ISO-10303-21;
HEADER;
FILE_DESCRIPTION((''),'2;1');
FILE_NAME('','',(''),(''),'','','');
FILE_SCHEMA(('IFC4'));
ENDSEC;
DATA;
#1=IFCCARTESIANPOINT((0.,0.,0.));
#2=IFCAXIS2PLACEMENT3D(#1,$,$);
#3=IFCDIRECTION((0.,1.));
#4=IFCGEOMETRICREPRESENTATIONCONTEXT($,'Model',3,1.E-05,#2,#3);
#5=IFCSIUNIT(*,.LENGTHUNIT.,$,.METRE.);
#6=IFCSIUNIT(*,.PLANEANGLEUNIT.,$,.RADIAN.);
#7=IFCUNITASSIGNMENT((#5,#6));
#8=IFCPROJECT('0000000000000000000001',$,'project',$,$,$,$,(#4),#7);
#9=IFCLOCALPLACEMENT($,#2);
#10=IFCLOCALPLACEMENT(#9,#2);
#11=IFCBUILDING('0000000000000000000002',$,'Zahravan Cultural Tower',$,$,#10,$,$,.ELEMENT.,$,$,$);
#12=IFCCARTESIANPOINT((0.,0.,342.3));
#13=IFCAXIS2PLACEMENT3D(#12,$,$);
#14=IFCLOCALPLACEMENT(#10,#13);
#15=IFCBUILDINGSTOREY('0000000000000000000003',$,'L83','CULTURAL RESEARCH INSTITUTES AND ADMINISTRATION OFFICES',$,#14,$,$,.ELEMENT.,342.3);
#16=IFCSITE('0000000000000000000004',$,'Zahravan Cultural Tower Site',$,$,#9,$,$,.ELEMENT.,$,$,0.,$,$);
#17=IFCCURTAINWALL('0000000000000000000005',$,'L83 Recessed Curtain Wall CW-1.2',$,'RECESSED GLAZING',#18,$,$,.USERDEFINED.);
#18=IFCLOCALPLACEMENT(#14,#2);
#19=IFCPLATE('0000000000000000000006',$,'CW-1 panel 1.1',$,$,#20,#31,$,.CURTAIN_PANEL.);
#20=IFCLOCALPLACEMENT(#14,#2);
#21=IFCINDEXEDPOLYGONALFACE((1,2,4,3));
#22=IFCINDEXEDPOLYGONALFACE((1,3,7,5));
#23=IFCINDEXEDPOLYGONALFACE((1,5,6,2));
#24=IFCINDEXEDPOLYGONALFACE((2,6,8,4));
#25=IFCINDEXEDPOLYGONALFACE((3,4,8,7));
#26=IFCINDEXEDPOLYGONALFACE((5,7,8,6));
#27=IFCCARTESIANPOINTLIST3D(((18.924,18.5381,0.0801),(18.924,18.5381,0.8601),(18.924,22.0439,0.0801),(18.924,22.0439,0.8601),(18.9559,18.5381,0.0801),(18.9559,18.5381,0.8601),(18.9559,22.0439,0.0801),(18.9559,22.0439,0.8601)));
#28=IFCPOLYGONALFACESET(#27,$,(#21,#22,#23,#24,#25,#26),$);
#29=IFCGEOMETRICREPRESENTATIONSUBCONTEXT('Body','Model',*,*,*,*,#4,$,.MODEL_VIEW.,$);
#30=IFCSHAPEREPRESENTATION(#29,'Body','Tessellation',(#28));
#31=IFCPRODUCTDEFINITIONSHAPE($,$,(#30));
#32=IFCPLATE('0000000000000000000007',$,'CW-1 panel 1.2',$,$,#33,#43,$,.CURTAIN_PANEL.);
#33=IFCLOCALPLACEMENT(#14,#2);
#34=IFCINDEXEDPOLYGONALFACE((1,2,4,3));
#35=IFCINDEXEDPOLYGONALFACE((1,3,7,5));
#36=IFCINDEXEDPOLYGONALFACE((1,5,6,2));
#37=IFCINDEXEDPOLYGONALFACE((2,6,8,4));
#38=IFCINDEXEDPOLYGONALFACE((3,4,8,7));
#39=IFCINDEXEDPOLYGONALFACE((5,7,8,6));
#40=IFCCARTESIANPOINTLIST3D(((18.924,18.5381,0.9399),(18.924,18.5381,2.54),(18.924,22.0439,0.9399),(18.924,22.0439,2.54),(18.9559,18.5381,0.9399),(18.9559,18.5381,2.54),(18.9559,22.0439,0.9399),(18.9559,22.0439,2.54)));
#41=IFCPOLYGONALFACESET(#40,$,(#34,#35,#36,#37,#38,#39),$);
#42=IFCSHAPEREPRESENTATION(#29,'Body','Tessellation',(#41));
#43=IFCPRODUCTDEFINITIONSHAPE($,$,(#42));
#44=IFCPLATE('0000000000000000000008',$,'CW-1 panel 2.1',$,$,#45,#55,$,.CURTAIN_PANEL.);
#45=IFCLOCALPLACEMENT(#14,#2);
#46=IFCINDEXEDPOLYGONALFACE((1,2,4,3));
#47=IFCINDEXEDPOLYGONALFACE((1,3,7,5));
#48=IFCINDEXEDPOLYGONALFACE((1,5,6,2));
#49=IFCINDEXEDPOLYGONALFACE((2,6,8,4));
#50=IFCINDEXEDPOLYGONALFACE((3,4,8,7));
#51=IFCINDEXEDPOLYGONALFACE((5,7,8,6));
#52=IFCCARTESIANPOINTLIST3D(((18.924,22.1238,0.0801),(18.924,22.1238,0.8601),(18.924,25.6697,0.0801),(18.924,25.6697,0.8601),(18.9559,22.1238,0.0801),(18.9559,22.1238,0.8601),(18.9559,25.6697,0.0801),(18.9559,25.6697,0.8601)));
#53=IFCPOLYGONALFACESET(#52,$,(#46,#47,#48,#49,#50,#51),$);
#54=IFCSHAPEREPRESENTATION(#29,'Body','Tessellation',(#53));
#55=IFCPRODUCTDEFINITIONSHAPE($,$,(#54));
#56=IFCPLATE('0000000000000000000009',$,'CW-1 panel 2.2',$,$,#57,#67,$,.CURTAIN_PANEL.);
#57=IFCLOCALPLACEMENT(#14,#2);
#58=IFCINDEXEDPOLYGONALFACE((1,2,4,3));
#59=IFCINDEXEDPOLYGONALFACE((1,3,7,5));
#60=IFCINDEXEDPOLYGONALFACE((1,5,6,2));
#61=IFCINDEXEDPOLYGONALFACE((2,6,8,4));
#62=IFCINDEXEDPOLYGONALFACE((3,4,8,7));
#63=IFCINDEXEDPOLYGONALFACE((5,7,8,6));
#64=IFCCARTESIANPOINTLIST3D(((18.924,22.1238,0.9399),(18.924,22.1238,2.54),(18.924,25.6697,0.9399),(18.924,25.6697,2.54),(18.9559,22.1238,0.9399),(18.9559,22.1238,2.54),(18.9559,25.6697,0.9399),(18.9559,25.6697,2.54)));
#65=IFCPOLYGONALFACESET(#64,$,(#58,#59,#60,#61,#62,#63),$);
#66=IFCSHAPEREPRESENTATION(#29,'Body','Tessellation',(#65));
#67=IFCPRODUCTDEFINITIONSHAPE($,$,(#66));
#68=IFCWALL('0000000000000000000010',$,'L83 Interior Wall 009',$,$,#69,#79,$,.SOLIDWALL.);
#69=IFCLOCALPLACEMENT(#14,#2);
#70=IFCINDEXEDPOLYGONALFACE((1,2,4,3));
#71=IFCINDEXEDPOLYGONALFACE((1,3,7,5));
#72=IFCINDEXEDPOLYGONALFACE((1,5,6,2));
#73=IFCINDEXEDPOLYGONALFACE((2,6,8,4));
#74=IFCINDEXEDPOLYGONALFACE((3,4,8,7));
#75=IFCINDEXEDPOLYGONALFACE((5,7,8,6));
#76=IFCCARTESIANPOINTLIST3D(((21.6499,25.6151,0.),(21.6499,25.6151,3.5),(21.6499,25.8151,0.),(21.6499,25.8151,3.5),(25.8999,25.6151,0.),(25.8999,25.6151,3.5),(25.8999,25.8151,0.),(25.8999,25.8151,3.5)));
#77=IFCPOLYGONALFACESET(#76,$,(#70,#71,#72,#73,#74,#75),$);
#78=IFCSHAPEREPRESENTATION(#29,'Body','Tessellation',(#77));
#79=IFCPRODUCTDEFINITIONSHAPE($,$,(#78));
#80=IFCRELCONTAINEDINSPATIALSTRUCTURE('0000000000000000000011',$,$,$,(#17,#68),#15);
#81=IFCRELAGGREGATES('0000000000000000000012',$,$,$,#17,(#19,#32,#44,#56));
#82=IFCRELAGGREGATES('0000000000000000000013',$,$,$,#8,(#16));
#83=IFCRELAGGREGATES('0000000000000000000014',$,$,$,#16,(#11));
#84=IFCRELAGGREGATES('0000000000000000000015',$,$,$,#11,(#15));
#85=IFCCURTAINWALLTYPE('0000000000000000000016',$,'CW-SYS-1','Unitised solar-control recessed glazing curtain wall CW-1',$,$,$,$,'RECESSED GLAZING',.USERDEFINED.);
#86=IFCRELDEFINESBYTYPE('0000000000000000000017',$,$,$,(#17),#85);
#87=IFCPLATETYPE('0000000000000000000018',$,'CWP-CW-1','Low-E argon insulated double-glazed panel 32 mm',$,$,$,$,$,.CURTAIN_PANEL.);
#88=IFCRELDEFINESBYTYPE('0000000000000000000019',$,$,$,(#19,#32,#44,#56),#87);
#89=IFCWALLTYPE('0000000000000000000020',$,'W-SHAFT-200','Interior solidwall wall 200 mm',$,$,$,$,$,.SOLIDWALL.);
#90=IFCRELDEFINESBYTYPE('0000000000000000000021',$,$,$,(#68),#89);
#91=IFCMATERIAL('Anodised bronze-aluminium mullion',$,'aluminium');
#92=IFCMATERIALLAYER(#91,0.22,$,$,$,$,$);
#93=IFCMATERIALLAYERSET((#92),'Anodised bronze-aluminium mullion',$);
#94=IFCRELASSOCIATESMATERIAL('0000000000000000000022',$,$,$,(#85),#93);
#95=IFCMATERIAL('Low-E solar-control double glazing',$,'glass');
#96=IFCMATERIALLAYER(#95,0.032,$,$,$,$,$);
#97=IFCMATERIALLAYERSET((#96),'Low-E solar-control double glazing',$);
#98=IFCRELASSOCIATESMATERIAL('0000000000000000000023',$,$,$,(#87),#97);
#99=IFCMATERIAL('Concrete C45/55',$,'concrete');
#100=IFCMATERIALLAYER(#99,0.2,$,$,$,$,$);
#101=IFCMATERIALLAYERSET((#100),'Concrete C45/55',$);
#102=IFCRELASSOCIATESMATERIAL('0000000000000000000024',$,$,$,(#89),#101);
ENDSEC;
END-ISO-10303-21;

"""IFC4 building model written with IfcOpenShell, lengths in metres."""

from ifc_helpers import new_model, si_unit, direction, frame, frame_2d, origin, origin_2d, place, context, subcontext, project, spatial, rectangle, extrude, source, transform, mapped, material, layer, layer_set, type_object, element, aggregate, save


model = new_model("IFC4")

# Units and contexts
model_context = context("Model", 3, precision=1e-05, world=origin(), true_north=direction((0.0, 1.0)))
body_context = subcontext(model_context, "Body", "Model", "MODEL_VIEW")
ifc_project = project(units=[si_unit("LENGTHUNIT", "METRE"), si_unit("PLANEANGLEUNIT", "RADIAN")], contexts=[model_context])

# Site, building, storey
site_placement = place(None, origin())
site = spatial("IfcSite", under=ifc_project, at=site_placement, Name="Zahravan Cultural Tower Site", CompositionType="ELEMENT", RefElevation=0.0)
building_placement = place(site_placement, origin())
building = spatial("IfcBuilding", under=site, at=building_placement, Name="Zahravan Cultural Tower", CompositionType="ELEMENT")
storey_placement = place(building_placement, frame((0.0, 0.0, 342.3)))
storey = spatial("IfcBuildingStorey", under=building, at=storey_placement, Name="L83", Description="CULTURAL RESEARCH INSTITUTES AND ADMINISTRATION OFFICES", CompositionType="ELEMENT", Elevation=342.3)

# Curtain wall, plates
ifc_material_1 = material(Name="Anodised bronze-aluminium mullion", Category="aluminium")
ifc_layer_1 = layer(ifc_material_1, 0.22)
ifc_layer_set_1 = layer_set([ifc_layer_1], Name="Anodised bronze-aluminium mullion")
curtain_wall_type = type_object("IfcCurtainWallType", Name="CW-SYS-1", Description="Unitised solar-control recessed glazing curtain wall CW-1", ElementType="RECESSED GLAZING", PredefinedType="USERDEFINED", material=ifc_layer_set_1)
curtain_wall_placement = place(storey_placement, origin())
curtain_wall = element("IfcCurtainWall", 1, at=curtain_wall_placement, inside=storey, type_object=curtain_wall_type, Name="L83 Recessed Curtain Wall CW-1.2", ObjectType="RECESSED GLAZING", PredefinedType="USERDEFINED")
ifc_material_2 = material(Name="Low-E solar-control double glazing", Category="glass")
ifc_layer_2 = layer(ifc_material_2, 0.032)
ifc_layer_set_2 = layer_set([ifc_layer_2], Name="Low-E solar-control double glazing")
plate_type = type_object("IfcPlateType", Name="CWP-CW-1", Description="Low-E argon insulated double-glazed panel 32 mm", PredefinedType="CURTAIN_PANEL", material=ifc_layer_set_2)
shared_shape_1 = source(origin(), body_context, "Body", "SweptSolid", [
    extrude(rectangle(XDim=3.5059, YDim=0.032, at=origin_2d()), origin(), (0.0, 0.0, 1.0), 0.78),
])
plate_1_placement = place(storey_placement, frame((18.9399, 20.291, 0.0801), z_axis=(0.0, 0.0, 1.0), x_axis=(0.0, 1.0, 0.0)))
plate_1 = element("IfcPlate", 2, at=plate_1_placement, type_object=plate_type, Name="CW-1 panel 1.1", PredefinedType="CURTAIN_PANEL", context=body_context, shape_type="MappedRepresentation", body=[
    mapped(shared_shape_1, transform((0.0, 0.0, 0.0), x_axis=(1.0, 0.0, 0.0), y_axis=(0.0, 1.0, 0.0), z_axis=(0.0, 0.0, 1.0), scale=1.0)),
])
shared_shape_2 = source(origin(), body_context, "Body", "SweptSolid", [
    extrude(rectangle(XDim=3.5059, YDim=0.032, at=origin_2d()), origin(), (0.0, 0.0, 1.0), 1.6001),
])
plate_2_placement = place(storey_placement, frame((18.9399, 20.291, 0.9399), z_axis=(0.0, 0.0, 1.0), x_axis=(0.0, 1.0, 0.0)))
plate_2 = element("IfcPlate", 3, at=plate_2_placement, type_object=plate_type, Name="CW-1 panel 1.2", PredefinedType="CURTAIN_PANEL", context=body_context, shape_type="MappedRepresentation", body=[
    mapped(shared_shape_2, transform((0.0, 0.0, 0.0), x_axis=(1.0, 0.0, 0.0), y_axis=(0.0, 1.0, 0.0), z_axis=(0.0, 0.0, 1.0), scale=1.0)),
])
shared_shape_3 = source(origin(), body_context, "Body", "SweptSolid", [
    extrude(rectangle(XDim=3.5459, YDim=0.032, at=origin_2d()), origin(), (0.0, 0.0, 1.0), 0.78),
])
plate_3_placement = place(storey_placement, frame((18.9399, 23.8967, 0.0801), z_axis=(0.0, 0.0, 1.0), x_axis=(0.0, 1.0, 0.0)))
plate_3 = element("IfcPlate", 4, at=plate_3_placement, type_object=plate_type, Name="CW-1 panel 2.1", PredefinedType="CURTAIN_PANEL", context=body_context, shape_type="MappedRepresentation", body=[
    mapped(shared_shape_3, transform((0.0, 0.0, 0.0), x_axis=(1.0, 0.0, 0.0), y_axis=(0.0, 1.0, 0.0), z_axis=(0.0, 0.0, 1.0), scale=1.0)),
])
shared_shape_4 = source(origin(), body_context, "Body", "SweptSolid", [
    extrude(rectangle(XDim=3.5459, YDim=0.032, at=origin_2d()), origin(), (0.0, 0.0, 1.0), 1.6001),
])
plate_4_placement = place(storey_placement, frame((18.9399, 23.8967, 0.9399), z_axis=(0.0, 0.0, 1.0), x_axis=(0.0, 1.0, 0.0)))
plate_4 = element("IfcPlate", 5, at=plate_4_placement, type_object=plate_type, Name="CW-1 panel 2.2", PredefinedType="CURTAIN_PANEL", context=body_context, shape_type="MappedRepresentation", body=[
    mapped(shared_shape_4, transform((0.0, 0.0, 0.0), x_axis=(1.0, 0.0, 0.0), y_axis=(0.0, 1.0, 0.0), z_axis=(0.0, 0.0, 1.0), scale=1.0)),
])
aggregate(curtain_wall, [plate_1, plate_2, plate_3, plate_4])

# Wall
ifc_material_3 = material(Name="Concrete C45/55", Category="concrete")
ifc_layer_3 = layer(ifc_material_3, 0.2)
ifc_layer_set_3 = layer_set([ifc_layer_3], Name="Concrete C45/55")
wall_type_1 = type_object("IfcWallType", Name="W-SHAFT-200", Description="Interior solidwall wall 200 mm", PredefinedType="SOLIDWALL", material=ifc_layer_set_3)
shared_shape_5 = source(origin(), body_context, "Body", "SweptSolid", [
    extrude(rectangle(XDim=4.25, YDim=0.2, at=frame_2d((2.125, 0.0))), origin(), (0.0, 0.0, 1.0), 3.5),
])
wall_1_placement = place(storey_placement, frame((21.6499, 25.7151, 0.0), z_axis=(0.0, 0.0, 1.0), x_axis=(1.0, 0.0, 0.0)))
element("IfcWall", 6, at=wall_1_placement, inside=storey, type_object=wall_type_1, Name="L83 Interior Wall 009", PredefinedType="SOLIDWALL", context=body_context, shape_type="MappedRepresentation", body=[
    mapped(shared_shape_5, transform((0.0, 0.0, 0.0), x_axis=(1.0, 0.0, 0.0), y_axis=(0.0, 1.0, 0.0), z_axis=(0.0, 0.0, 1.0), scale=1.0)),
])

save(model, "model.ifc")
